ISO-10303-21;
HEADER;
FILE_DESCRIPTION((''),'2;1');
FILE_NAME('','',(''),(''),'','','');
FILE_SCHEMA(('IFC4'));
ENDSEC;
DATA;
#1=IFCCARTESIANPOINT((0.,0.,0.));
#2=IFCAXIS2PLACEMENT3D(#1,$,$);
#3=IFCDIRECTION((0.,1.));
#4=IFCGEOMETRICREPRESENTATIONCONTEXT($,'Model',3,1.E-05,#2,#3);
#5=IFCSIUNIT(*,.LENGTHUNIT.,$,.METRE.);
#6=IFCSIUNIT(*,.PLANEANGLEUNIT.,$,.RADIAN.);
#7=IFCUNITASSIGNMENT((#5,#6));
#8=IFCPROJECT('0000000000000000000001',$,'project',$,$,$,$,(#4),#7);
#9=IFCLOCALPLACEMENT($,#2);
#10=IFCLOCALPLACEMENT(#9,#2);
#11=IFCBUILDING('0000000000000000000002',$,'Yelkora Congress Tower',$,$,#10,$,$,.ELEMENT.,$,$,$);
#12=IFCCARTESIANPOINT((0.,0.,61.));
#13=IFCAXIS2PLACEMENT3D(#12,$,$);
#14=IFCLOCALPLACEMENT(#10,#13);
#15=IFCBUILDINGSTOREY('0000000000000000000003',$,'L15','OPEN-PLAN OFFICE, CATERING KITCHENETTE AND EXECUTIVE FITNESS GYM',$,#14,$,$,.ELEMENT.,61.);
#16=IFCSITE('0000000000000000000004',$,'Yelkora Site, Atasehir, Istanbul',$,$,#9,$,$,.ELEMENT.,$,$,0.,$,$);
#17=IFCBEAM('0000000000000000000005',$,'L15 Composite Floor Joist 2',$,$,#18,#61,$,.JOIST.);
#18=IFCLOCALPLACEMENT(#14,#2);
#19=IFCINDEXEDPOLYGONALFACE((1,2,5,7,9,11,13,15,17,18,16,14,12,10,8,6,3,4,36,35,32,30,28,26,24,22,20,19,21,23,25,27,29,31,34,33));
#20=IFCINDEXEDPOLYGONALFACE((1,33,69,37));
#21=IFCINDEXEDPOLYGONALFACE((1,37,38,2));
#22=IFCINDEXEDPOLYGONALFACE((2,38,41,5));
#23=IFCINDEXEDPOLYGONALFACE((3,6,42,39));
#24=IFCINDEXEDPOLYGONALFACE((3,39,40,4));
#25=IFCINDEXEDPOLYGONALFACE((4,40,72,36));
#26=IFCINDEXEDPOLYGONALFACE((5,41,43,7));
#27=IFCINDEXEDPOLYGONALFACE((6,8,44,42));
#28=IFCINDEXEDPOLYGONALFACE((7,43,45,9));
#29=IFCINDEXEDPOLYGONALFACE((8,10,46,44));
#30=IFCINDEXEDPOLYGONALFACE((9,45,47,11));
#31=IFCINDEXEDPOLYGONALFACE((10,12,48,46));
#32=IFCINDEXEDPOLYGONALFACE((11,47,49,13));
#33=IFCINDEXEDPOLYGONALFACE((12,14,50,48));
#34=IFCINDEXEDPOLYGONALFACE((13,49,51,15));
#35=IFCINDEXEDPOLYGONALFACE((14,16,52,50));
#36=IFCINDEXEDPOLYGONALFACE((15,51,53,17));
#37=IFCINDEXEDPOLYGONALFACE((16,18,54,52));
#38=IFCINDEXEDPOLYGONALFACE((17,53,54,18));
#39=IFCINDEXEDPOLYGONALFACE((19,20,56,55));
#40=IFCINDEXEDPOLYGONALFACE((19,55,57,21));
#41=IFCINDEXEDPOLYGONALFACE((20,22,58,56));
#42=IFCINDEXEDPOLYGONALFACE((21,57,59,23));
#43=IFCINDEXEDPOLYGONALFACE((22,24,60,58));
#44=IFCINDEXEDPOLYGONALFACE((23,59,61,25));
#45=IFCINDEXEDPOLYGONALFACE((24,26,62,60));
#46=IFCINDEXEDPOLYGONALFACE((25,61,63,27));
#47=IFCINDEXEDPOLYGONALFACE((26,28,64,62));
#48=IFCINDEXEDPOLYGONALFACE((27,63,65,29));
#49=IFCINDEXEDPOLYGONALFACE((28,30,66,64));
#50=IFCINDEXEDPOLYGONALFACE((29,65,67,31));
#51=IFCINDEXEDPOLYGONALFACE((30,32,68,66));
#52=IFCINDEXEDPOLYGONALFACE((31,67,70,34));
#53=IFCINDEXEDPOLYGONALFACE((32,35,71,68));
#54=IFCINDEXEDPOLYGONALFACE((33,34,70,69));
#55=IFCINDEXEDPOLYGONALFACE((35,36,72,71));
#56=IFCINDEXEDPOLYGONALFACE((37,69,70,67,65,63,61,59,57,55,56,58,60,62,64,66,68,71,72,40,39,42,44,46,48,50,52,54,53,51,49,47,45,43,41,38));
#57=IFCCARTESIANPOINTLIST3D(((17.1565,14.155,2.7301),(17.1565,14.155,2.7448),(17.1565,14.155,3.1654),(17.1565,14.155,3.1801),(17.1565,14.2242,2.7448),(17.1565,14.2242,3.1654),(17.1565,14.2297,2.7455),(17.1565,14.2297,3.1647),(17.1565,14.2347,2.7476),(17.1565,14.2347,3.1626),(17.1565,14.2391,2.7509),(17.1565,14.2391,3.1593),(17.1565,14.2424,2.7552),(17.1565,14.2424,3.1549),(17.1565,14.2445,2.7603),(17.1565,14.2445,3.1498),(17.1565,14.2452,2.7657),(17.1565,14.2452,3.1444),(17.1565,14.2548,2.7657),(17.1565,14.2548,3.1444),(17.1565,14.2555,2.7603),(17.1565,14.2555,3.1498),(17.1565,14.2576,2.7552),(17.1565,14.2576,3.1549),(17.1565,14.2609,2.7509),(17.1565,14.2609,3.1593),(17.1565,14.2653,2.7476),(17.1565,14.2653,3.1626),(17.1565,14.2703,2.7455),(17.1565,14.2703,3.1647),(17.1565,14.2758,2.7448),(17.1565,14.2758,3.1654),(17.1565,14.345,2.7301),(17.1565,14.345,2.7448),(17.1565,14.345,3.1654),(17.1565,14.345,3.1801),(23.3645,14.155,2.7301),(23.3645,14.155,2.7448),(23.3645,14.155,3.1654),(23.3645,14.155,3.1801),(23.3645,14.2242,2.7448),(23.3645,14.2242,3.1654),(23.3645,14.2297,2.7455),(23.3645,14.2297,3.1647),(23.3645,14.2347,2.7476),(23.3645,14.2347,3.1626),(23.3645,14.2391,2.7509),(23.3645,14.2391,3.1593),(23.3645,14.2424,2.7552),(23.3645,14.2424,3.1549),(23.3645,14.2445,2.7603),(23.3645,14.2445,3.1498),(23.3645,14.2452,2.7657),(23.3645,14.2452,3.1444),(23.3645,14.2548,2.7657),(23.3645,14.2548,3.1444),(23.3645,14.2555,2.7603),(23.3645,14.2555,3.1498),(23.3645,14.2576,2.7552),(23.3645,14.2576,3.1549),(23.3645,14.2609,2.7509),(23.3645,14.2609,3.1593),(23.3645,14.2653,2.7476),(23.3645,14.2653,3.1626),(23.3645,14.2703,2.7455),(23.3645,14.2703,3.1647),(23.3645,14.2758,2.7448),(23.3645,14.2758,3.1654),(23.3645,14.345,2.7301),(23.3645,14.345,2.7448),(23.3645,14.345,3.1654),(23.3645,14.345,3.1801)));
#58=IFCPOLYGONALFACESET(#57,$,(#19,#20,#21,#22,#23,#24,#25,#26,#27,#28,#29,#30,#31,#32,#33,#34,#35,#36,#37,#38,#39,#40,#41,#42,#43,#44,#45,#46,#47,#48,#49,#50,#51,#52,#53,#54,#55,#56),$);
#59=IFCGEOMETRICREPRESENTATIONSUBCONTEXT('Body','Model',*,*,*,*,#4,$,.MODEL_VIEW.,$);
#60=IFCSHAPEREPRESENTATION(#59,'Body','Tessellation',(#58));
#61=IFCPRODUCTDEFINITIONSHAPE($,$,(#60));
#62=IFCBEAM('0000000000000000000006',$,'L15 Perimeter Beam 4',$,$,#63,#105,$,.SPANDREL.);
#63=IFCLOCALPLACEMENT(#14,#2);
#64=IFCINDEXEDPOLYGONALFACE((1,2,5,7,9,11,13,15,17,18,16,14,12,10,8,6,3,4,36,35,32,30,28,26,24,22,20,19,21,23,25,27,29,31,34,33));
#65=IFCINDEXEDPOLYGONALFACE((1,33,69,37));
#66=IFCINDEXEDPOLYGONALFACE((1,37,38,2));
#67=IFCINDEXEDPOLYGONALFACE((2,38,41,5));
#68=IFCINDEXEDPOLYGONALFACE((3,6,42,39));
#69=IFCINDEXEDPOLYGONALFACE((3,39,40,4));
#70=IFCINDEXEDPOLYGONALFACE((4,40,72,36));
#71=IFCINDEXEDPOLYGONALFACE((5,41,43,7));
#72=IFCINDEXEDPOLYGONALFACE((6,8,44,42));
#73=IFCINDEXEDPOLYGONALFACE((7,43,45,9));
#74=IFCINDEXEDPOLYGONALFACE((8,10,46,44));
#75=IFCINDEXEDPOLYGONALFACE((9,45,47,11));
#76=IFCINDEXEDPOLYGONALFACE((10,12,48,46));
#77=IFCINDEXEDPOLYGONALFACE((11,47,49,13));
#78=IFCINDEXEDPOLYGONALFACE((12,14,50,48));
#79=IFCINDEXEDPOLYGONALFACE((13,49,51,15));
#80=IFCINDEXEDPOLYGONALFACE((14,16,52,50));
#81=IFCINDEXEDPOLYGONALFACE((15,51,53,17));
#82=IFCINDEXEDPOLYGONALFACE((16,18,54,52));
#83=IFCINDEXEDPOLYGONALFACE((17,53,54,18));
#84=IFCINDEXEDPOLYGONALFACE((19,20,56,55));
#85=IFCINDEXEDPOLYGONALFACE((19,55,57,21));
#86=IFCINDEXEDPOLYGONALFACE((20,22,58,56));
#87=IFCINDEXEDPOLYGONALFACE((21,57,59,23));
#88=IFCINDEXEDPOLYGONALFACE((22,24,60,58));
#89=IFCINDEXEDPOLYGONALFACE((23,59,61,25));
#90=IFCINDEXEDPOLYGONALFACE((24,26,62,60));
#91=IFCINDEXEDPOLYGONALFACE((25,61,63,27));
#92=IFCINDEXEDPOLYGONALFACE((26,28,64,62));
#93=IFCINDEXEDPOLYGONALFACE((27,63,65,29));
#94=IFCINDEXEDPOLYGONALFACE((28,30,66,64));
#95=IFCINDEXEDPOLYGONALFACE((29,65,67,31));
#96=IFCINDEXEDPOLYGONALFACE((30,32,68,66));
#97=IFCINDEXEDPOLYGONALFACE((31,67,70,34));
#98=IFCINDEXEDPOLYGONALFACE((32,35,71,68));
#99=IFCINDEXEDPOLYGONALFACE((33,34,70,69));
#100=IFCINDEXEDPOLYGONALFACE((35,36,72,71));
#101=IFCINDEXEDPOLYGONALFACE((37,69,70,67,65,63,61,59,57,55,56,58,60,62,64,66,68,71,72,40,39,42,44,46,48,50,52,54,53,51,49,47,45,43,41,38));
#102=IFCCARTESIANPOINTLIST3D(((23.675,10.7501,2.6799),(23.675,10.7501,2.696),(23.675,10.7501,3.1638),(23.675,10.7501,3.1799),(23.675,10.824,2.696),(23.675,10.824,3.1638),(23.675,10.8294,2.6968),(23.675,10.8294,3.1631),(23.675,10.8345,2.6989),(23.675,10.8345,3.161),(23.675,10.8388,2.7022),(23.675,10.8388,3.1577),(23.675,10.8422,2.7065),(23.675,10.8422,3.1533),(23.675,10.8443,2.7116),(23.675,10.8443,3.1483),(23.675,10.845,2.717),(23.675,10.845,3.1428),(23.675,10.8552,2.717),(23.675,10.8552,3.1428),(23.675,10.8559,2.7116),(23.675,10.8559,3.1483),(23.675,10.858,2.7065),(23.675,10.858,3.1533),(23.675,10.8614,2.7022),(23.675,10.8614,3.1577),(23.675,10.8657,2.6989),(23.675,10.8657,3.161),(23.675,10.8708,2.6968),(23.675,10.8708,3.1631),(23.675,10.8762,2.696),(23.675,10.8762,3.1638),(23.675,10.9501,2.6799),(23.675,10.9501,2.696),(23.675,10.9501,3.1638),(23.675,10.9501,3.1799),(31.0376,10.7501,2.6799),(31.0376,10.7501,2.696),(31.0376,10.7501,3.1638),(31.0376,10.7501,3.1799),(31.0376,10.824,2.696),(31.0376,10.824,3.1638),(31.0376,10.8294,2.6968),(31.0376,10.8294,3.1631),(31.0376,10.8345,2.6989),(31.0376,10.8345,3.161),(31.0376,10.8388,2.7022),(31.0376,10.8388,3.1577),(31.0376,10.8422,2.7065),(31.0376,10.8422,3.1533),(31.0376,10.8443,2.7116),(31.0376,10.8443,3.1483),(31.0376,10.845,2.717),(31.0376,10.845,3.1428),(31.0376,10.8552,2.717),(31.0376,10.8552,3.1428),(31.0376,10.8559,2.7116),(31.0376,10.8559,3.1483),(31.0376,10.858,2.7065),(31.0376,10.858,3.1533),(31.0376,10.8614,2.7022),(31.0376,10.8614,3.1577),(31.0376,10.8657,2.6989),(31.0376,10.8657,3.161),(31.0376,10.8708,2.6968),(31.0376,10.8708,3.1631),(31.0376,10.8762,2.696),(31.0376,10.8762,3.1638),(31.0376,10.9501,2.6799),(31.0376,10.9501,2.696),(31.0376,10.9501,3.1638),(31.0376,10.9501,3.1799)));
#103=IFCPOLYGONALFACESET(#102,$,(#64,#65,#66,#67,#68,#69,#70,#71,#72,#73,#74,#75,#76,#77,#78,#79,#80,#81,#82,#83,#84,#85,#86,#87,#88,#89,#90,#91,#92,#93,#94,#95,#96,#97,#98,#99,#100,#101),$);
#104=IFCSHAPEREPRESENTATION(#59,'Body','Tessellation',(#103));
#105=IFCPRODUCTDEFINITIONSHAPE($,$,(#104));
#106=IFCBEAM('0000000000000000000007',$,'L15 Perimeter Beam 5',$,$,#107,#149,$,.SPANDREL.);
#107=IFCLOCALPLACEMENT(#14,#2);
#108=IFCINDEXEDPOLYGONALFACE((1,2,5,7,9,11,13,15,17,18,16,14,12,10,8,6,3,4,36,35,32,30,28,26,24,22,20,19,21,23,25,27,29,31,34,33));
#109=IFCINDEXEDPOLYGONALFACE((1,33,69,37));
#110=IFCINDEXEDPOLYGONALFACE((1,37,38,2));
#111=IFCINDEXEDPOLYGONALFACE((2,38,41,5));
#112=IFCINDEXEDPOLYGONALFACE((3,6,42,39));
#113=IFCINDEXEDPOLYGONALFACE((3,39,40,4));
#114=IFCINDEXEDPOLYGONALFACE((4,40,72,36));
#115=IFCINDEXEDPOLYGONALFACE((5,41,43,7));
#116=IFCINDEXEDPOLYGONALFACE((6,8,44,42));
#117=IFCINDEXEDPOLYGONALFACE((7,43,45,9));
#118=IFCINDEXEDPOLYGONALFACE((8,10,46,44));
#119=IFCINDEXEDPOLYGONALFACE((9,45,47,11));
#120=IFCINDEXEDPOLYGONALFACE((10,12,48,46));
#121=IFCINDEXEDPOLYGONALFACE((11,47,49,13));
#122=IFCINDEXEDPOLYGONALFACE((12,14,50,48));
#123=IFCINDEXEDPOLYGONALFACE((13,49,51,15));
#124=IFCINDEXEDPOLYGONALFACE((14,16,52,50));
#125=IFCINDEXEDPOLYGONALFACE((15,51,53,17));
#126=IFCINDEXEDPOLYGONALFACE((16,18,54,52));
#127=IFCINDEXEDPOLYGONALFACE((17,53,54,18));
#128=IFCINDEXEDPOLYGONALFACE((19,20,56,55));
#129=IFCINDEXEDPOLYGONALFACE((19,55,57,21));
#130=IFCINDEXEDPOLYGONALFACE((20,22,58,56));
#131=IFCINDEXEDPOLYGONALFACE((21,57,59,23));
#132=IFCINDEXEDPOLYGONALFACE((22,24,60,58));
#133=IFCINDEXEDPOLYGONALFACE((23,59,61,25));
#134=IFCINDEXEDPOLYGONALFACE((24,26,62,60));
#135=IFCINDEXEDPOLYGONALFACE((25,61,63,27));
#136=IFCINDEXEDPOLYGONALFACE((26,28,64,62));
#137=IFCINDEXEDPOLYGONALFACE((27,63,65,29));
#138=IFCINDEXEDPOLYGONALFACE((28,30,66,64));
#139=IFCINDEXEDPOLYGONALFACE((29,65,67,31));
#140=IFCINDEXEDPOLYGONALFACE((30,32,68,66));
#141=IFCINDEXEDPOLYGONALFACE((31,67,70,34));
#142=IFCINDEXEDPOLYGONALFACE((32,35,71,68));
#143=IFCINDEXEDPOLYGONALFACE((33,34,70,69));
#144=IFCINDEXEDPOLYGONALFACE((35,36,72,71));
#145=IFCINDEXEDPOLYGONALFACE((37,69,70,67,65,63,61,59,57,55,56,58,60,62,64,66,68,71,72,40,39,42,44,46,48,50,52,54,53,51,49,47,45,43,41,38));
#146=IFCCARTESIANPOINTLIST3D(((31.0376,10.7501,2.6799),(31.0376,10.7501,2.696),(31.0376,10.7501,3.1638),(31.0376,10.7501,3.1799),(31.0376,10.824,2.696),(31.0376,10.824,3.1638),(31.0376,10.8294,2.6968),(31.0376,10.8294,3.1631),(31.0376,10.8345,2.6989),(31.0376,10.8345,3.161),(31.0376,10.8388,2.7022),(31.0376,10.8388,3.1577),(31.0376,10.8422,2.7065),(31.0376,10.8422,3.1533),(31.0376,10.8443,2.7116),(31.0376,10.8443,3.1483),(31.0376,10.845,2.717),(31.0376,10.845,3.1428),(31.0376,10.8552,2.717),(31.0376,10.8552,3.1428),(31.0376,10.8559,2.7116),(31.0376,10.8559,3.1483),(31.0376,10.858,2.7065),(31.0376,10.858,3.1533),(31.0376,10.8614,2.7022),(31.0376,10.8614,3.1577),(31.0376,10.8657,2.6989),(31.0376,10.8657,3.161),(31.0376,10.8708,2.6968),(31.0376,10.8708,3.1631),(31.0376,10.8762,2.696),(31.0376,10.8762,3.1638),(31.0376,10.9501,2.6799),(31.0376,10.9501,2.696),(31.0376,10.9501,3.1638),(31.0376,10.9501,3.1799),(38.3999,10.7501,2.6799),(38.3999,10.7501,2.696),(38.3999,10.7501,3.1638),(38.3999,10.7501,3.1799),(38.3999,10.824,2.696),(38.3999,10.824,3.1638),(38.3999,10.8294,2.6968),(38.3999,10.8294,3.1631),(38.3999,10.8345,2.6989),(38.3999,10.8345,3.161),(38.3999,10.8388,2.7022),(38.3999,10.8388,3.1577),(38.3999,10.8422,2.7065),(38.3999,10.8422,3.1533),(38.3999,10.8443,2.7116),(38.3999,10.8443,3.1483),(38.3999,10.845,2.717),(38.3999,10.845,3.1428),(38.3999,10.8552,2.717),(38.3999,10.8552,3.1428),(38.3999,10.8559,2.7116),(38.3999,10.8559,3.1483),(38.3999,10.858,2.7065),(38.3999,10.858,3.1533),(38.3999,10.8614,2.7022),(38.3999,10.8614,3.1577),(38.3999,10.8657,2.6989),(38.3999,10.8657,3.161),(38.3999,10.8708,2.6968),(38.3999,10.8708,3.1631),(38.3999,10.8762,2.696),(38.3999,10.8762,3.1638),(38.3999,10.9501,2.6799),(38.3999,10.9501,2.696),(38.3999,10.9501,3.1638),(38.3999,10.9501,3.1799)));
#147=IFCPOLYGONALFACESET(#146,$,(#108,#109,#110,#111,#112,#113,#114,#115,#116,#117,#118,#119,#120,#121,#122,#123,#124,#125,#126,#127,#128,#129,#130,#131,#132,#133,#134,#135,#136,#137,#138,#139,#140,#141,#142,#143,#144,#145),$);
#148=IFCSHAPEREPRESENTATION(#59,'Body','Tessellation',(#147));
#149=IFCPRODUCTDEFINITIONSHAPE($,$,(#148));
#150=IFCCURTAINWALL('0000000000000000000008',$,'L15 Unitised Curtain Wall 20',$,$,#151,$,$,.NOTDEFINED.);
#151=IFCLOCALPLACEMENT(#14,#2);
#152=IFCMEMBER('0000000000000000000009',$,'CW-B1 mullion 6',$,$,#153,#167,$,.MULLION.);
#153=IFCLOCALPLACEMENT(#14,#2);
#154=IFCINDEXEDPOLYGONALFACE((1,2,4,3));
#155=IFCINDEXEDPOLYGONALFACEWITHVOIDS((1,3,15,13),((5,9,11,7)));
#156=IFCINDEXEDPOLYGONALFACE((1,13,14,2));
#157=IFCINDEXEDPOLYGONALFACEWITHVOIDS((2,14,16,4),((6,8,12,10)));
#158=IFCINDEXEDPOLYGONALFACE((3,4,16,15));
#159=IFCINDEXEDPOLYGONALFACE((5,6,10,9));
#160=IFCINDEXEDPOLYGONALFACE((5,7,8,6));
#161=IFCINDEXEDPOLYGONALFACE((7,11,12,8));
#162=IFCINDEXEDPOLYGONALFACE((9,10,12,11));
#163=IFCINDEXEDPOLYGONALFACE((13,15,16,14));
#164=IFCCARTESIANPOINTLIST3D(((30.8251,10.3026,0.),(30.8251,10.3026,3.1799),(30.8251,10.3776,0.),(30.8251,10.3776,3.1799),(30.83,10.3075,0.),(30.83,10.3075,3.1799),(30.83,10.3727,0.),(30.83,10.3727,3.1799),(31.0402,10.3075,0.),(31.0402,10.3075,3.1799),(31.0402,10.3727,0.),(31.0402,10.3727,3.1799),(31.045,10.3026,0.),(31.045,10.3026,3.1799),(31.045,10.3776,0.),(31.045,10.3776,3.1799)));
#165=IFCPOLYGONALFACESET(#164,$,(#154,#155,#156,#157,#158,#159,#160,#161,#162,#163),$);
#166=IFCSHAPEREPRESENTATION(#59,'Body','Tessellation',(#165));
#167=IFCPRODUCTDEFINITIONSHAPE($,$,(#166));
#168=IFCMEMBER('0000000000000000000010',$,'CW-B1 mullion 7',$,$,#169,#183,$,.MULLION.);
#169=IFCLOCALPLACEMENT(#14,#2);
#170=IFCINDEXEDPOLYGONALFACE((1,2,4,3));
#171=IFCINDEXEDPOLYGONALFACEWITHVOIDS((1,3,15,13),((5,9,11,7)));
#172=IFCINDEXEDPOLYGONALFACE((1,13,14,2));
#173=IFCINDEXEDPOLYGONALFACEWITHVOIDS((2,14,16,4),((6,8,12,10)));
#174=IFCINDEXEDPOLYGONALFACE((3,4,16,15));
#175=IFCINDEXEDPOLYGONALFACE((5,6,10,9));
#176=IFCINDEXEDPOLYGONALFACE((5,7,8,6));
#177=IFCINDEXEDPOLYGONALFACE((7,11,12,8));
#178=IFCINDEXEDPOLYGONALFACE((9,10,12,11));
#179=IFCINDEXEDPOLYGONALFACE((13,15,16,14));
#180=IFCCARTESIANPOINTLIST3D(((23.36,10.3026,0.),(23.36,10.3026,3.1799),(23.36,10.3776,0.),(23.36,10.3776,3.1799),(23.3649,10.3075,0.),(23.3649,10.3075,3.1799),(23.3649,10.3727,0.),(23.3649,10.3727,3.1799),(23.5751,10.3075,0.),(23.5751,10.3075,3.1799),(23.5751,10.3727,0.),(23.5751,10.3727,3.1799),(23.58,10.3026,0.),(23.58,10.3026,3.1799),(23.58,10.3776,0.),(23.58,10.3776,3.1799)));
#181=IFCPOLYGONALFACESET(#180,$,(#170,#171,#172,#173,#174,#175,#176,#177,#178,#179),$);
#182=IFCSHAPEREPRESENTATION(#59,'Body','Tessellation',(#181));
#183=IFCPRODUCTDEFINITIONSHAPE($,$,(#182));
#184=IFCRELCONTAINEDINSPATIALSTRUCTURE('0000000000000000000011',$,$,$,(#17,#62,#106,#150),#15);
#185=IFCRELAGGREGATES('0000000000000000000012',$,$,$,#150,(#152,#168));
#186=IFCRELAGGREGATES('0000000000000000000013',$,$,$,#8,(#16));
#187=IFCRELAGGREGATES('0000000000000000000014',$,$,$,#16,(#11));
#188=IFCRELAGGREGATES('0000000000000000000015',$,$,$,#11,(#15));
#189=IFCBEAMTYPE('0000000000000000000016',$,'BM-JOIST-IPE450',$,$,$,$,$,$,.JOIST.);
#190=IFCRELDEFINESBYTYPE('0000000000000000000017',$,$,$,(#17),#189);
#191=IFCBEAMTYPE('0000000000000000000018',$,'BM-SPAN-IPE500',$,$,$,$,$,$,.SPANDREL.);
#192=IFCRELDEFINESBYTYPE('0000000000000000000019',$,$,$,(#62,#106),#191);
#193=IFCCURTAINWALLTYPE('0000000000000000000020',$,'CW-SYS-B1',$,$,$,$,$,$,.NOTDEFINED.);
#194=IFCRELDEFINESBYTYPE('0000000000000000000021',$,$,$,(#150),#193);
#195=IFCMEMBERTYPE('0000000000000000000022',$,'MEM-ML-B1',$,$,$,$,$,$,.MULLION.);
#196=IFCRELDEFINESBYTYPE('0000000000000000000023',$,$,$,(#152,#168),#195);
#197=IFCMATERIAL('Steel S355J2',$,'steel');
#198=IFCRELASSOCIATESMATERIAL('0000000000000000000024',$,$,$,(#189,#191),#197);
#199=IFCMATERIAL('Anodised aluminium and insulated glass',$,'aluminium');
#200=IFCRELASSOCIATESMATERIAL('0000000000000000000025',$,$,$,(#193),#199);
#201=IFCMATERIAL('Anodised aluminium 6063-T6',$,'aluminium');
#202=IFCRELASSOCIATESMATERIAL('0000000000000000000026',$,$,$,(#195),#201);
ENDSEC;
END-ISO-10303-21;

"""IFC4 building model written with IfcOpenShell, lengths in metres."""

from ifc_helpers import new_model, si_unit, direction, frame, origin, origin_2d, place, context, subcontext, project, spatial, hollow_rectangle, i_section, extrude, material, material_profile, profile_set, type_object, element, aggregate, save


model = new_model("IFC4")

# Units and contexts
model_context = context("Model", 3, precision=1e-05, world=origin(), true_north=direction((0.0, 1.0)))
body_context = subcontext(model_context, "Body", "Model", "MODEL_VIEW")
ifc_project = project(units=[si_unit("LENGTHUNIT", "METRE"), si_unit("PLANEANGLEUNIT", "RADIAN")], contexts=[model_context])

# Site, building, storey
site_placement = place(None, origin())
site = spatial("IfcSite", under=ifc_project, at=site_placement, Name="Yelkora Site, Atasehir, Istanbul", CompositionType="ELEMENT", RefElevation=0.0)
building_placement = place(site_placement, origin())
building = spatial("IfcBuilding", under=site, at=building_placement, Name="Yelkora Congress Tower", CompositionType="ELEMENT")
storey_placement = place(building_placement, frame((0.0, 0.0, 61.0)))
storey = spatial("IfcBuildingStorey", under=building, at=storey_placement, Name="L15", Description="OPEN-PLAN OFFICE, CATERING KITCHENETTE AND EXECUTIVE FITNESS GYM", CompositionType="ELEMENT", Elevation=61.0)

# Beams
ifc_material_1 = material(Name="Steel S355J2", Category="steel")
ifc_material_profile_1 = material_profile(ifc_material_1, i_section(OverallWidth=0.1899, OverallDepth=0.45, WebThickness=0.0095, FlangeThickness=0.0146, FilletRadius=0.021, at=origin_2d()), Name="IPE 450")
ifc_profile_set_1 = profile_set([ifc_material_profile_1], Name="Steel S355J2")
beam_type_1 = type_object("IfcBeamType", Name="BM-JOIST-IPE450", PredefinedType="JOIST", material=ifc_profile_set_1)
beam_1_placement = place(storey_placement, frame((17.1565, 14.25, 2.9551), z_axis=(1.0, 0.0, 0.0), x_axis=(0.0, 1.0, 0.0)))
element("IfcBeam", 1, at=beam_1_placement, inside=storey, type_object=beam_type_1, Name="L15 Composite Floor Joist 2", PredefinedType="JOIST", context=body_context, shape_type="SweptSolid", body=[
    extrude(i_section(OverallWidth=0.1899, OverallDepth=0.45, WebThickness=0.0095, FlangeThickness=0.0146, FilletRadius=0.021, at=origin_2d()), origin(), (0.0, 0.0, 1.0), 6.208),
])
ifc_material_profile_2 = material_profile(ifc_material_1, i_section(OverallWidth=0.2, OverallDepth=0.5, WebThickness=0.0103, FlangeThickness=0.0161, FilletRadius=0.021, at=origin_2d()), Name="IPE 500")
ifc_profile_set_2 = profile_set([ifc_material_profile_2], Name="Steel S355J2")
beam_type_2 = type_object("IfcBeamType", Name="BM-SPAN-IPE500", PredefinedType="SPANDREL", material=ifc_profile_set_2)
beam_2_placement = place(storey_placement, frame((23.675, 10.8501, 2.9299), z_axis=(1.0, 0.0, 0.0), x_axis=(0.0, 1.0, 0.0)))
element("IfcBeam", 2, at=beam_2_placement, inside=storey, type_object=beam_type_2, Name="L15 Perimeter Beam 4", PredefinedType="SPANDREL", context=body_context, shape_type="SweptSolid", body=[
    extrude(i_section(OverallWidth=0.2, OverallDepth=0.5, WebThickness=0.0103, FlangeThickness=0.0161, FilletRadius=0.021, at=origin_2d()), origin(), (0.0, 0.0, 1.0), 7.3625),
])
beam_3_placement = place(storey_placement, frame((31.0376, 10.8501, 2.9299), z_axis=(1.0, 0.0, 0.0), x_axis=(0.0, 1.0, 0.0)))
element("IfcBeam", 3, at=beam_3_placement, inside=storey, type_object=beam_type_2, Name="L15 Perimeter Beam 5", PredefinedType="SPANDREL", context=body_context, shape_type="SweptSolid", body=[
    extrude(i_section(OverallWidth=0.2, OverallDepth=0.5, WebThickness=0.0103, FlangeThickness=0.0161, FilletRadius=0.021, at=origin_2d()), origin(), (0.0, 0.0, 1.0), 7.3623),
])

# Curtain wall, members
ifc_material_2 = material(Name="Anodised aluminium and insulated glass", Category="aluminium")
curtain_wall_type = type_object("IfcCurtainWallType", Name="CW-SYS-B1", PredefinedType="NOTDEFINED", material=ifc_material_2)
curtain_wall_placement = place(storey_placement, origin())
curtain_wall = element("IfcCurtainWall", 4, at=curtain_wall_placement, inside=storey, type_object=curtain_wall_type, Name="L15 Unitised Curtain Wall 20", PredefinedType="NOTDEFINED")
ifc_material_3 = material(Name="Anodised aluminium 6063-T6", Category="aluminium")
ifc_material_profile_3 = material_profile(ifc_material_3, hollow_rectangle(XDim=0.075, YDim=0.22, WallThickness=0.0049, at=origin_2d()), Name="ALU 75x220x5")
ifc_profile_set_3 = profile_set([ifc_material_profile_3], Name="Anodised aluminium 6063-T6")
member_type_1 = type_object("IfcMemberType", Name="MEM-ML-B1", PredefinedType="MULLION", material=ifc_profile_set_3)
member_1_placement = place(storey_placement, frame((30.9351, 10.3401, 0.0), z_axis=(0.0, 0.0, 1.0), x_axis=(0.0, -1.0, 0.0)))
member_1 = element("IfcMember", 5, at=member_1_placement, type_object=member_type_1, Name="CW-B1 mullion 6", PredefinedType="MULLION", context=body_context, shape_type="SweptSolid", body=[
    extrude(hollow_rectangle(XDim=0.075, YDim=0.22, WallThickness=0.0049, at=origin_2d()), origin(), (0.0, 0.0, 1.0), 3.1799),
])
member_2_placement = place(storey_placement, frame((23.47, 10.3401, 0.0), z_axis=(0.0, 0.0, 1.0), x_axis=(0.0, -1.0, 0.0)))
member_2 = element("IfcMember", 6, at=member_2_placement, type_object=member_type_1, Name="CW-B1 mullion 7", PredefinedType="MULLION", context=body_context, shape_type="SweptSolid", body=[
    extrude(hollow_rectangle(XDim=0.075, YDim=0.22, WallThickness=0.0049, at=origin_2d()), origin(), (0.0, 0.0, 1.0), 3.1799),
])
aggregate(curtain_wall, [member_1, member_2])

save(model, "model.ifc")
